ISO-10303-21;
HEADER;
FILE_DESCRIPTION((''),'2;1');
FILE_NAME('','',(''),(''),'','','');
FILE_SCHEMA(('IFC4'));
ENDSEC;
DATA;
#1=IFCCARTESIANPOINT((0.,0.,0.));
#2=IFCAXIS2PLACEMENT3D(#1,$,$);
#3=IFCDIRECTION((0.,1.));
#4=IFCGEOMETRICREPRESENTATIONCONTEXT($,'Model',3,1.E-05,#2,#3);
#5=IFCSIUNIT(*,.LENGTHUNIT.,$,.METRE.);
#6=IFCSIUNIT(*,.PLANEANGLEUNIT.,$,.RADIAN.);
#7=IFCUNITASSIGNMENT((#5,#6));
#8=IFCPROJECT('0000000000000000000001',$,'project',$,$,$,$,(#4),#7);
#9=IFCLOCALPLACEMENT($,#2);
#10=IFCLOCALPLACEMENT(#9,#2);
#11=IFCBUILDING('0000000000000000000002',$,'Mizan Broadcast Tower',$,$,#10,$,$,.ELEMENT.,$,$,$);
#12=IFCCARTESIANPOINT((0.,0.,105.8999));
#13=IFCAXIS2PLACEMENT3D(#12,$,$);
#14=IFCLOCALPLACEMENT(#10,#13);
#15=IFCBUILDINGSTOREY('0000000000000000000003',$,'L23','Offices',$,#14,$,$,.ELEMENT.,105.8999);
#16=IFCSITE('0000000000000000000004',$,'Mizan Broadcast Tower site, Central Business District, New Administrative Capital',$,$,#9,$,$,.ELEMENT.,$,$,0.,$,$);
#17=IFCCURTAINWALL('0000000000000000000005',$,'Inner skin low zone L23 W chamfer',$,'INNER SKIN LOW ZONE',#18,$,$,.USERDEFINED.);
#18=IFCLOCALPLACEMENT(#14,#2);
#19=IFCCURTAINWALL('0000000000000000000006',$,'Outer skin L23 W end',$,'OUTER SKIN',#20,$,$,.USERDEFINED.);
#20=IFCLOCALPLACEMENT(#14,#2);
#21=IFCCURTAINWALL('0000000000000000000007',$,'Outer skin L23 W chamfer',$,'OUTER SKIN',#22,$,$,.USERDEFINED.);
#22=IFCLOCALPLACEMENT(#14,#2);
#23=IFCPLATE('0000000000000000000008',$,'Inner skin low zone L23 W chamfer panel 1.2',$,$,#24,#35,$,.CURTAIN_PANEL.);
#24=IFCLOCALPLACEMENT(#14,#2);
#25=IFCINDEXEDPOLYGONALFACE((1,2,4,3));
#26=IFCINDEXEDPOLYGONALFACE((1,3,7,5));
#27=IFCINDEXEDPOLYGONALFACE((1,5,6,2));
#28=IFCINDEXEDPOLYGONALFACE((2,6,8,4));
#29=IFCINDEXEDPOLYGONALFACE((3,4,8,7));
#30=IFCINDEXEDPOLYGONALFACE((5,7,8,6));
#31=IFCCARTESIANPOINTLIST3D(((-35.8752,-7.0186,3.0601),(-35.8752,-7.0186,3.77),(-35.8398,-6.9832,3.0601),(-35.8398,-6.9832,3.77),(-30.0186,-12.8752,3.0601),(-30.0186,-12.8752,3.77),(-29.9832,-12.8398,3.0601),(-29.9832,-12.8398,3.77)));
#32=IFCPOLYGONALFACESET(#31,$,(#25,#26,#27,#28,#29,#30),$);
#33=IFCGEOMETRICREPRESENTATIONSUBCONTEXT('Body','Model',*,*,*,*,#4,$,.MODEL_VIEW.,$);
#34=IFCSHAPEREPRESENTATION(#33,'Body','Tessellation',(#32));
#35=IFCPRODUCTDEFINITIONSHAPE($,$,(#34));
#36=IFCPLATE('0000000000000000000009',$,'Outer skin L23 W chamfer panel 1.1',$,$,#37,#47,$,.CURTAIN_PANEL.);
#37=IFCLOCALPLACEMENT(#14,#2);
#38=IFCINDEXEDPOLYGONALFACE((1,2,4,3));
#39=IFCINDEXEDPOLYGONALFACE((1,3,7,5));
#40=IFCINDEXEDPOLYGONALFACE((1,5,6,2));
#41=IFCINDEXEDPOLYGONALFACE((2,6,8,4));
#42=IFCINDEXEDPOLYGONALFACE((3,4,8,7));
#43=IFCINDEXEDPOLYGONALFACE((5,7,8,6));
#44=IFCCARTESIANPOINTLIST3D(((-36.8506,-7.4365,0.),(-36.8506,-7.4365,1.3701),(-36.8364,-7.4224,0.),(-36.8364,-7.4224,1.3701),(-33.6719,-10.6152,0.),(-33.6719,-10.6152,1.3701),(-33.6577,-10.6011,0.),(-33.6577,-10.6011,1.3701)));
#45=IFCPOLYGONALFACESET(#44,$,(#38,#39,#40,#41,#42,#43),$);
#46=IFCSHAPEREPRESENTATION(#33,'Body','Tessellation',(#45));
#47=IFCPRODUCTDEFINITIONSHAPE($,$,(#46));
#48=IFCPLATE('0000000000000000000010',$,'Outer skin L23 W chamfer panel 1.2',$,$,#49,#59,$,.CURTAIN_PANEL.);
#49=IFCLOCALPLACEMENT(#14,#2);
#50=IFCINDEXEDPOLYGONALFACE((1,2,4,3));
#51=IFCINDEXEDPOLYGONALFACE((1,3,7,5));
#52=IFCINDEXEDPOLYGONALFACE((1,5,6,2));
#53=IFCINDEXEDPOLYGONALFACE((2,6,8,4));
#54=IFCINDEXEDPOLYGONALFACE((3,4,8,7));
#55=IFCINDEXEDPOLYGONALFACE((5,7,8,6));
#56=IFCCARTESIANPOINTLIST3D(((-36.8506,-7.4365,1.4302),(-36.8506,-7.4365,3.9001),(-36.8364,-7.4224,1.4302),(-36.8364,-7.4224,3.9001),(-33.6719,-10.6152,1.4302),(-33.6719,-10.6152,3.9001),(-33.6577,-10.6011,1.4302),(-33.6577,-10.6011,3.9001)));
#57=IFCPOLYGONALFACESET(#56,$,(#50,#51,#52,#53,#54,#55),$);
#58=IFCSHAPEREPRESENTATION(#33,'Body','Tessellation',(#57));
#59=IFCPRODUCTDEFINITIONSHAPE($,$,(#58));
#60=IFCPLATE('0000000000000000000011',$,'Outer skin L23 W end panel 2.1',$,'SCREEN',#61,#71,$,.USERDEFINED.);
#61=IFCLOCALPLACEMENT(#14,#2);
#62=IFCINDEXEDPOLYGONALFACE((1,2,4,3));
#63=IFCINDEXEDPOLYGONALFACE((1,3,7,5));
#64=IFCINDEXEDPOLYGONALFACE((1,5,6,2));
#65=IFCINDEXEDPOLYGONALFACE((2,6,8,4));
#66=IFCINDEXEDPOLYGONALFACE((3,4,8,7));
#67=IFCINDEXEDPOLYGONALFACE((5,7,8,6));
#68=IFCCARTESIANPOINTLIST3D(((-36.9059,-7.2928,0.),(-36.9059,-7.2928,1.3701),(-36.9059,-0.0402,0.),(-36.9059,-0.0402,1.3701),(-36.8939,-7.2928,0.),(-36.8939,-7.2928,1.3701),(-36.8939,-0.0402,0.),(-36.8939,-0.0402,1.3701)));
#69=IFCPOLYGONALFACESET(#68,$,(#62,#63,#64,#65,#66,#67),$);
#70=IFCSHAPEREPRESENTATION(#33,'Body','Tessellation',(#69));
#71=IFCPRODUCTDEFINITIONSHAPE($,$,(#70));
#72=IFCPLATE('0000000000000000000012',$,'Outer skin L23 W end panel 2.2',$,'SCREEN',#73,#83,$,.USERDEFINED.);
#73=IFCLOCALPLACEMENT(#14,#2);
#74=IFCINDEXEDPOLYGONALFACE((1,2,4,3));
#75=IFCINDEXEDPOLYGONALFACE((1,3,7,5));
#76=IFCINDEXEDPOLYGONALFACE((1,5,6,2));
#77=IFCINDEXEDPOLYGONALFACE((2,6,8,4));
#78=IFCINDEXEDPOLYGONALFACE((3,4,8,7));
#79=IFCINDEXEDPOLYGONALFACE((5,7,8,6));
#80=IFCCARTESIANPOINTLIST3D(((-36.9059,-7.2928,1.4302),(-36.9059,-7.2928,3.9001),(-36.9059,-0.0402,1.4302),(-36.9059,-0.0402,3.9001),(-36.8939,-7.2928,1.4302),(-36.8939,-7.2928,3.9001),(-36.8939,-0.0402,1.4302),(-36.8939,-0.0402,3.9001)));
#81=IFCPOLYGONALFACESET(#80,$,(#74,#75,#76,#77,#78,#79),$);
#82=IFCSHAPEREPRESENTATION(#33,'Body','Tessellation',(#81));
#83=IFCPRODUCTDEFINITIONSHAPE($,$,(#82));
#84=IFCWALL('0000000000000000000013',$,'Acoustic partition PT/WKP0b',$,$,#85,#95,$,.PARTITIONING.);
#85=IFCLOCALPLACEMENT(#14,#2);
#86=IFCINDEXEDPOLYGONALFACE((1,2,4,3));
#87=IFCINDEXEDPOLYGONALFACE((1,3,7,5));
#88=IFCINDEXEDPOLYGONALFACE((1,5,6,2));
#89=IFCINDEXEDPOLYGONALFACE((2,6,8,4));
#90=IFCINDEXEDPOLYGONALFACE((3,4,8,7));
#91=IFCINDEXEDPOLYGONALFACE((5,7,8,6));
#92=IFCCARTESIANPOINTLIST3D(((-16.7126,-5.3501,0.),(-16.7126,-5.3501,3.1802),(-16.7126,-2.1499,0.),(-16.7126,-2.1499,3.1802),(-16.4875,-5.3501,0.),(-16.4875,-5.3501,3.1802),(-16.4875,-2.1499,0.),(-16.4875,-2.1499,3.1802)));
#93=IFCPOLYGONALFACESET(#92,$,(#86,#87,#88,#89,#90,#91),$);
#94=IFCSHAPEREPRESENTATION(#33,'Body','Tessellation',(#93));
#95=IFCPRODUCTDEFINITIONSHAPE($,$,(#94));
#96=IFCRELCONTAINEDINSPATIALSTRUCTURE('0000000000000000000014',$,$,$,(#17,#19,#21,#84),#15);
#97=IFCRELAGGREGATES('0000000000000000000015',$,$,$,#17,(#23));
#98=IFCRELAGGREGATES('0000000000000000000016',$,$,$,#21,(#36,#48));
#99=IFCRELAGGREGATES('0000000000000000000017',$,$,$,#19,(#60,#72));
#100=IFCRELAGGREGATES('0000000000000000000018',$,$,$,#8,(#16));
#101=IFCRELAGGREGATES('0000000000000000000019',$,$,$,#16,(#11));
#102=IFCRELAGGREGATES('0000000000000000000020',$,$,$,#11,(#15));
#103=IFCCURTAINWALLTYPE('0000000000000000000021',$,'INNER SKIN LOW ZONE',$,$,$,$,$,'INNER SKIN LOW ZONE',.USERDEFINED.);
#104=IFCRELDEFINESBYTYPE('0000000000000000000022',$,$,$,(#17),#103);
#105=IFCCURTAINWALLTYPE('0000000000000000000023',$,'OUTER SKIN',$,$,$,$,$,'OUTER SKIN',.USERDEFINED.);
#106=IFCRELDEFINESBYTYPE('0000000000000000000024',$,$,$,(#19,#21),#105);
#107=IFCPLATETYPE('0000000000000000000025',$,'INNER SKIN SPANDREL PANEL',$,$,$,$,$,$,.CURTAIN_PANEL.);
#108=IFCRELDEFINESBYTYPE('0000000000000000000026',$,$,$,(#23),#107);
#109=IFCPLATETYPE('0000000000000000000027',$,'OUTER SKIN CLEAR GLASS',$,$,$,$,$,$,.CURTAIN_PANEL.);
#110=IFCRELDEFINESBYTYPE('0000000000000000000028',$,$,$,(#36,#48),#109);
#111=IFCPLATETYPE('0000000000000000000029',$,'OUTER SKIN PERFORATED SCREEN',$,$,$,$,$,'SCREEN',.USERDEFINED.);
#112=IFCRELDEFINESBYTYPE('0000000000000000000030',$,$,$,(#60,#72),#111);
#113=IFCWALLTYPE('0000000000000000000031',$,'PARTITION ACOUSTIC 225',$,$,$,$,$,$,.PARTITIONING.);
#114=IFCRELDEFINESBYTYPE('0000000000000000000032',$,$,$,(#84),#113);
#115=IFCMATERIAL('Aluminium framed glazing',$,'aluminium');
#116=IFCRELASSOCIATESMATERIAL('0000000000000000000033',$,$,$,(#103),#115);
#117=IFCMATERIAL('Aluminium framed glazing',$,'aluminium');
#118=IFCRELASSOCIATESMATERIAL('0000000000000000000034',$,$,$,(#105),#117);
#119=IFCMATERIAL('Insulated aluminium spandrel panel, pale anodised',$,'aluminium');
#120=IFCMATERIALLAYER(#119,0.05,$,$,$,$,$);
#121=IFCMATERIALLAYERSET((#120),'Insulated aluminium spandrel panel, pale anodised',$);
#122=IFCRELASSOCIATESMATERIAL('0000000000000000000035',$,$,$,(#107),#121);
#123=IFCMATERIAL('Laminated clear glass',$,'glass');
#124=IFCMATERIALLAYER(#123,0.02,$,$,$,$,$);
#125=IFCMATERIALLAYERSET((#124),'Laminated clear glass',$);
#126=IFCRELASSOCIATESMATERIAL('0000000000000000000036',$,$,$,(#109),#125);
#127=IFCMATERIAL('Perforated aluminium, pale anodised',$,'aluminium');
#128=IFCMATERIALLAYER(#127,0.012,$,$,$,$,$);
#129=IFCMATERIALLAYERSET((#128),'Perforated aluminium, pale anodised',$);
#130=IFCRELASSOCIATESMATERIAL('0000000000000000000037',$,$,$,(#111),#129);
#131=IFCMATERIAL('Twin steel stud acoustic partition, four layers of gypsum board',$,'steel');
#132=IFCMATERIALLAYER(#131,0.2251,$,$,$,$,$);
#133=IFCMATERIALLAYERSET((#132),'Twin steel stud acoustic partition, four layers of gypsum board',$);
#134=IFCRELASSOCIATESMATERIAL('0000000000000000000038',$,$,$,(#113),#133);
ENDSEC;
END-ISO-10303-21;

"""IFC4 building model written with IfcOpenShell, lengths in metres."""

from ifc_helpers import new_model, si_unit, direction, frame, frame_2d, origin, origin_2d, place, context, subcontext, project, spatial, rectangle, extrude, material, layer, layer_set, type_object, element, aggregate, save


model = new_model("IFC4")

# Units and contexts
model_context = context("Model", 3, precision=1e-05, world=origin(), true_north=direction((0.0, 1.0)))
body_context = subcontext(model_context, "Body", "Model", "MODEL_VIEW")
ifc_project = project(units=[si_unit("LENGTHUNIT", "METRE"), si_unit("PLANEANGLEUNIT", "RADIAN")], contexts=[model_context])

# Site, building, storey
site_placement = place(None, origin())
site = spatial("IfcSite", under=ifc_project, at=site_placement, Name="Mizan Broadcast Tower site, Central Business District, New Administrative Capital", CompositionType="ELEMENT", RefElevation=0.0)
building_placement = place(site_placement, origin())
building = spatial("IfcBuilding", under=site, at=building_placement, Name="Mizan Broadcast Tower", CompositionType="ELEMENT")
storey_placement = place(building_placement, frame((0.0, 0.0, 105.8999)))
storey = spatial("IfcBuildingStorey", under=building, at=storey_placement, Name="L23", Description="Offices", CompositionType="ELEMENT", Elevation=105.8999)

# Shared definitions
ifc_material_1 = material(Name="Aluminium framed glazing", Category="aluminium")
curtain_wall_type_1 = type_object("IfcCurtainWallType", Name="INNER SKIN LOW ZONE", ElementType="INNER SKIN LOW ZONE", PredefinedType="USERDEFINED", material=ifc_material_1)

# Curtain wall
curtain_wall_1_placement = place(storey_placement, origin())
curtain_wall_1 = element("IfcCurtainWall", 1, at=curtain_wall_1_placement, inside=storey, type_object=curtain_wall_type_1, Name="Inner skin low zone L23 W chamfer", ObjectType="INNER SKIN LOW ZONE", PredefinedType="USERDEFINED")

# Curtain wall
ifc_material_2 = material(Name="Aluminium framed glazing", Category="aluminium")
curtain_wall_type_2 = type_object("IfcCurtainWallType", Name="OUTER SKIN", ElementType="OUTER SKIN", PredefinedType="USERDEFINED", material=ifc_material_2)
curtain_wall_2_placement = place(storey_placement, origin())
curtain_wall_2 = element("IfcCurtainWall", 2, at=curtain_wall_2_placement, inside=storey, type_object=curtain_wall_type_2, Name="Outer skin L23 W end", ObjectType="OUTER SKIN", PredefinedType="USERDEFINED")

# Curtain wall
curtain_wall_3_placement = place(storey_placement, origin())
curtain_wall_3 = element("IfcCurtainWall", 3, at=curtain_wall_3_placement, inside=storey, type_object=curtain_wall_type_2, Name="Outer skin L23 W chamfer", ObjectType="OUTER SKIN", PredefinedType="USERDEFINED")

# Plates
ifc_material_3 = material(Name="Insulated aluminium spandrel panel, pale anodised", Category="aluminium")
ifc_layer_1 = layer(ifc_material_3, 0.05)
ifc_layer_set_1 = layer_set([ifc_layer_1], Name="Insulated aluminium spandrel panel, pale anodised")
plate_type_1 = type_object("IfcPlateType", Name="INNER SKIN SPANDREL PANEL", PredefinedType="CURTAIN_PANEL", material=ifc_layer_set_1)
plate_1_placement = place(storey_placement, frame((-32.9292, -9.9292, 3.0601), z_axis=(0.0, 0.0, 1.0), x_axis=(0.707107, -0.707107, 0.0)))
plate_1 = element("IfcPlate", 4, at=plate_1_placement, type_object=plate_type_1, Name="Inner skin low zone L23 W chamfer panel 1.2", PredefinedType="CURTAIN_PANEL", context=body_context, shape_type="SweptSolid", body=[
    extrude(rectangle(XDim=8.2825, YDim=0.05, at=origin_2d()), origin(), (0.0, 0.0, 1.0), 0.71),
])
aggregate(curtain_wall_1, [plate_1])
ifc_material_4 = material(Name="Laminated clear glass", Category="glass")
ifc_layer_2 = layer(ifc_material_4, 0.02)
ifc_layer_set_2 = layer_set([ifc_layer_2], Name="Laminated clear glass")
plate_type_2 = type_object("IfcPlateType", Name="OUTER SKIN CLEAR GLASS", PredefinedType="CURTAIN_PANEL", material=ifc_layer_set_2)
plate_2_placement = place(storey_placement, frame((-35.2542, -9.0188, 0.0), z_axis=(0.0, 0.0, 1.0), x_axis=(0.707107, -0.707107, 0.0)))
plate_2 = element("IfcPlate", 5, at=plate_2_placement, type_object=plate_type_2, Name="Outer skin L23 W chamfer panel 1.1", PredefinedType="CURTAIN_PANEL", context=body_context, shape_type="SweptSolid", body=[
    extrude(rectangle(XDim=4.4954, YDim=0.02, at=origin_2d()), origin(), (0.0, 0.0, 1.0), 1.3701),
])
plate_3_placement = place(storey_placement, frame((-35.2542, -9.0188, 1.4302), z_axis=(0.0, 0.0, 1.0), x_axis=(0.707107, -0.707107, 0.0)))
plate_3 = element("IfcPlate", 6, at=plate_3_placement, type_object=plate_type_2, Name="Outer skin L23 W chamfer panel 1.2", PredefinedType="CURTAIN_PANEL", context=body_context, shape_type="SweptSolid", body=[
    extrude(rectangle(XDim=4.4954, YDim=0.02, at=origin_2d()), origin(), (0.0, 0.0, 1.0), 2.47),
])
aggregate(curtain_wall_3, [plate_2, plate_3])
ifc_material_5 = material(Name="Perforated aluminium, pale anodised", Category="aluminium")
ifc_layer_3 = layer(ifc_material_5, 0.012)
ifc_layer_set_3 = layer_set([ifc_layer_3], Name="Perforated aluminium, pale anodised")
plate_type_3 = type_object("IfcPlateType", Name="OUTER SKIN PERFORATED SCREEN", ElementType="SCREEN", PredefinedType="USERDEFINED", material=ifc_layer_set_3)
plate_4_placement = place(storey_placement, frame((-36.8999, -3.6665, 0.0), z_axis=(0.0, 0.0, 1.0), x_axis=(0.0, -1.0, 0.0)))
plate_4 = element("IfcPlate", 7, at=plate_4_placement, type_object=plate_type_3, Name="Outer skin L23 W end panel 2.1", ObjectType="SCREEN", PredefinedType="USERDEFINED", context=body_context, shape_type="SweptSolid", body=[
    extrude(rectangle(XDim=7.2527, YDim=0.012, at=origin_2d()), origin(), (0.0, 0.0, 1.0), 1.3701),
])
plate_5_placement = place(storey_placement, frame((-36.8999, -3.6665, 1.4302), z_axis=(0.0, 0.0, 1.0), x_axis=(0.0, -1.0, 0.0)))
plate_5 = element("IfcPlate", 8, at=plate_5_placement, type_object=plate_type_3, Name="Outer skin L23 W end panel 2.2", ObjectType="SCREEN", PredefinedType="USERDEFINED", context=body_context, shape_type="SweptSolid", body=[
    extrude(rectangle(XDim=7.2527, YDim=0.012, at=origin_2d()), origin(), (0.0, 0.0, 1.0), 2.47),
])
aggregate(curtain_wall_2, [plate_4, plate_5])

# Wall
ifc_material_6 = material(Name="Twin steel stud acoustic partition, four layers of gypsum board", Category="steel")
ifc_layer_4 = layer(ifc_material_6, 0.2251)
ifc_layer_set_4 = layer_set([ifc_layer_4], Name="Twin steel stud acoustic partition, four layers of gypsum board")
wall_type = type_object("IfcWallType", Name="PARTITION ACOUSTIC 225", PredefinedType="PARTITIONING", material=ifc_layer_set_4)
wall_placement = place(storey_placement, frame((-16.6001, -2.1499, 0.0), z_axis=(0.0, 0.0, 1.0), x_axis=(0.0, -1.0, 0.0)))
element("IfcWall", 9, at=wall_placement, inside=storey, type_object=wall_type, Name="Acoustic partition PT/WKP0b", PredefinedType="PARTITIONING", context=body_context, shape_type="SweptSolid", body=[
    extrude(rectangle(XDim=3.2002, YDim=0.2251, at=frame_2d((1.6001, 0.0))), origin(), (0.0, 0.0, 1.0), 3.1802),
])

save(model, "model.ifc")
